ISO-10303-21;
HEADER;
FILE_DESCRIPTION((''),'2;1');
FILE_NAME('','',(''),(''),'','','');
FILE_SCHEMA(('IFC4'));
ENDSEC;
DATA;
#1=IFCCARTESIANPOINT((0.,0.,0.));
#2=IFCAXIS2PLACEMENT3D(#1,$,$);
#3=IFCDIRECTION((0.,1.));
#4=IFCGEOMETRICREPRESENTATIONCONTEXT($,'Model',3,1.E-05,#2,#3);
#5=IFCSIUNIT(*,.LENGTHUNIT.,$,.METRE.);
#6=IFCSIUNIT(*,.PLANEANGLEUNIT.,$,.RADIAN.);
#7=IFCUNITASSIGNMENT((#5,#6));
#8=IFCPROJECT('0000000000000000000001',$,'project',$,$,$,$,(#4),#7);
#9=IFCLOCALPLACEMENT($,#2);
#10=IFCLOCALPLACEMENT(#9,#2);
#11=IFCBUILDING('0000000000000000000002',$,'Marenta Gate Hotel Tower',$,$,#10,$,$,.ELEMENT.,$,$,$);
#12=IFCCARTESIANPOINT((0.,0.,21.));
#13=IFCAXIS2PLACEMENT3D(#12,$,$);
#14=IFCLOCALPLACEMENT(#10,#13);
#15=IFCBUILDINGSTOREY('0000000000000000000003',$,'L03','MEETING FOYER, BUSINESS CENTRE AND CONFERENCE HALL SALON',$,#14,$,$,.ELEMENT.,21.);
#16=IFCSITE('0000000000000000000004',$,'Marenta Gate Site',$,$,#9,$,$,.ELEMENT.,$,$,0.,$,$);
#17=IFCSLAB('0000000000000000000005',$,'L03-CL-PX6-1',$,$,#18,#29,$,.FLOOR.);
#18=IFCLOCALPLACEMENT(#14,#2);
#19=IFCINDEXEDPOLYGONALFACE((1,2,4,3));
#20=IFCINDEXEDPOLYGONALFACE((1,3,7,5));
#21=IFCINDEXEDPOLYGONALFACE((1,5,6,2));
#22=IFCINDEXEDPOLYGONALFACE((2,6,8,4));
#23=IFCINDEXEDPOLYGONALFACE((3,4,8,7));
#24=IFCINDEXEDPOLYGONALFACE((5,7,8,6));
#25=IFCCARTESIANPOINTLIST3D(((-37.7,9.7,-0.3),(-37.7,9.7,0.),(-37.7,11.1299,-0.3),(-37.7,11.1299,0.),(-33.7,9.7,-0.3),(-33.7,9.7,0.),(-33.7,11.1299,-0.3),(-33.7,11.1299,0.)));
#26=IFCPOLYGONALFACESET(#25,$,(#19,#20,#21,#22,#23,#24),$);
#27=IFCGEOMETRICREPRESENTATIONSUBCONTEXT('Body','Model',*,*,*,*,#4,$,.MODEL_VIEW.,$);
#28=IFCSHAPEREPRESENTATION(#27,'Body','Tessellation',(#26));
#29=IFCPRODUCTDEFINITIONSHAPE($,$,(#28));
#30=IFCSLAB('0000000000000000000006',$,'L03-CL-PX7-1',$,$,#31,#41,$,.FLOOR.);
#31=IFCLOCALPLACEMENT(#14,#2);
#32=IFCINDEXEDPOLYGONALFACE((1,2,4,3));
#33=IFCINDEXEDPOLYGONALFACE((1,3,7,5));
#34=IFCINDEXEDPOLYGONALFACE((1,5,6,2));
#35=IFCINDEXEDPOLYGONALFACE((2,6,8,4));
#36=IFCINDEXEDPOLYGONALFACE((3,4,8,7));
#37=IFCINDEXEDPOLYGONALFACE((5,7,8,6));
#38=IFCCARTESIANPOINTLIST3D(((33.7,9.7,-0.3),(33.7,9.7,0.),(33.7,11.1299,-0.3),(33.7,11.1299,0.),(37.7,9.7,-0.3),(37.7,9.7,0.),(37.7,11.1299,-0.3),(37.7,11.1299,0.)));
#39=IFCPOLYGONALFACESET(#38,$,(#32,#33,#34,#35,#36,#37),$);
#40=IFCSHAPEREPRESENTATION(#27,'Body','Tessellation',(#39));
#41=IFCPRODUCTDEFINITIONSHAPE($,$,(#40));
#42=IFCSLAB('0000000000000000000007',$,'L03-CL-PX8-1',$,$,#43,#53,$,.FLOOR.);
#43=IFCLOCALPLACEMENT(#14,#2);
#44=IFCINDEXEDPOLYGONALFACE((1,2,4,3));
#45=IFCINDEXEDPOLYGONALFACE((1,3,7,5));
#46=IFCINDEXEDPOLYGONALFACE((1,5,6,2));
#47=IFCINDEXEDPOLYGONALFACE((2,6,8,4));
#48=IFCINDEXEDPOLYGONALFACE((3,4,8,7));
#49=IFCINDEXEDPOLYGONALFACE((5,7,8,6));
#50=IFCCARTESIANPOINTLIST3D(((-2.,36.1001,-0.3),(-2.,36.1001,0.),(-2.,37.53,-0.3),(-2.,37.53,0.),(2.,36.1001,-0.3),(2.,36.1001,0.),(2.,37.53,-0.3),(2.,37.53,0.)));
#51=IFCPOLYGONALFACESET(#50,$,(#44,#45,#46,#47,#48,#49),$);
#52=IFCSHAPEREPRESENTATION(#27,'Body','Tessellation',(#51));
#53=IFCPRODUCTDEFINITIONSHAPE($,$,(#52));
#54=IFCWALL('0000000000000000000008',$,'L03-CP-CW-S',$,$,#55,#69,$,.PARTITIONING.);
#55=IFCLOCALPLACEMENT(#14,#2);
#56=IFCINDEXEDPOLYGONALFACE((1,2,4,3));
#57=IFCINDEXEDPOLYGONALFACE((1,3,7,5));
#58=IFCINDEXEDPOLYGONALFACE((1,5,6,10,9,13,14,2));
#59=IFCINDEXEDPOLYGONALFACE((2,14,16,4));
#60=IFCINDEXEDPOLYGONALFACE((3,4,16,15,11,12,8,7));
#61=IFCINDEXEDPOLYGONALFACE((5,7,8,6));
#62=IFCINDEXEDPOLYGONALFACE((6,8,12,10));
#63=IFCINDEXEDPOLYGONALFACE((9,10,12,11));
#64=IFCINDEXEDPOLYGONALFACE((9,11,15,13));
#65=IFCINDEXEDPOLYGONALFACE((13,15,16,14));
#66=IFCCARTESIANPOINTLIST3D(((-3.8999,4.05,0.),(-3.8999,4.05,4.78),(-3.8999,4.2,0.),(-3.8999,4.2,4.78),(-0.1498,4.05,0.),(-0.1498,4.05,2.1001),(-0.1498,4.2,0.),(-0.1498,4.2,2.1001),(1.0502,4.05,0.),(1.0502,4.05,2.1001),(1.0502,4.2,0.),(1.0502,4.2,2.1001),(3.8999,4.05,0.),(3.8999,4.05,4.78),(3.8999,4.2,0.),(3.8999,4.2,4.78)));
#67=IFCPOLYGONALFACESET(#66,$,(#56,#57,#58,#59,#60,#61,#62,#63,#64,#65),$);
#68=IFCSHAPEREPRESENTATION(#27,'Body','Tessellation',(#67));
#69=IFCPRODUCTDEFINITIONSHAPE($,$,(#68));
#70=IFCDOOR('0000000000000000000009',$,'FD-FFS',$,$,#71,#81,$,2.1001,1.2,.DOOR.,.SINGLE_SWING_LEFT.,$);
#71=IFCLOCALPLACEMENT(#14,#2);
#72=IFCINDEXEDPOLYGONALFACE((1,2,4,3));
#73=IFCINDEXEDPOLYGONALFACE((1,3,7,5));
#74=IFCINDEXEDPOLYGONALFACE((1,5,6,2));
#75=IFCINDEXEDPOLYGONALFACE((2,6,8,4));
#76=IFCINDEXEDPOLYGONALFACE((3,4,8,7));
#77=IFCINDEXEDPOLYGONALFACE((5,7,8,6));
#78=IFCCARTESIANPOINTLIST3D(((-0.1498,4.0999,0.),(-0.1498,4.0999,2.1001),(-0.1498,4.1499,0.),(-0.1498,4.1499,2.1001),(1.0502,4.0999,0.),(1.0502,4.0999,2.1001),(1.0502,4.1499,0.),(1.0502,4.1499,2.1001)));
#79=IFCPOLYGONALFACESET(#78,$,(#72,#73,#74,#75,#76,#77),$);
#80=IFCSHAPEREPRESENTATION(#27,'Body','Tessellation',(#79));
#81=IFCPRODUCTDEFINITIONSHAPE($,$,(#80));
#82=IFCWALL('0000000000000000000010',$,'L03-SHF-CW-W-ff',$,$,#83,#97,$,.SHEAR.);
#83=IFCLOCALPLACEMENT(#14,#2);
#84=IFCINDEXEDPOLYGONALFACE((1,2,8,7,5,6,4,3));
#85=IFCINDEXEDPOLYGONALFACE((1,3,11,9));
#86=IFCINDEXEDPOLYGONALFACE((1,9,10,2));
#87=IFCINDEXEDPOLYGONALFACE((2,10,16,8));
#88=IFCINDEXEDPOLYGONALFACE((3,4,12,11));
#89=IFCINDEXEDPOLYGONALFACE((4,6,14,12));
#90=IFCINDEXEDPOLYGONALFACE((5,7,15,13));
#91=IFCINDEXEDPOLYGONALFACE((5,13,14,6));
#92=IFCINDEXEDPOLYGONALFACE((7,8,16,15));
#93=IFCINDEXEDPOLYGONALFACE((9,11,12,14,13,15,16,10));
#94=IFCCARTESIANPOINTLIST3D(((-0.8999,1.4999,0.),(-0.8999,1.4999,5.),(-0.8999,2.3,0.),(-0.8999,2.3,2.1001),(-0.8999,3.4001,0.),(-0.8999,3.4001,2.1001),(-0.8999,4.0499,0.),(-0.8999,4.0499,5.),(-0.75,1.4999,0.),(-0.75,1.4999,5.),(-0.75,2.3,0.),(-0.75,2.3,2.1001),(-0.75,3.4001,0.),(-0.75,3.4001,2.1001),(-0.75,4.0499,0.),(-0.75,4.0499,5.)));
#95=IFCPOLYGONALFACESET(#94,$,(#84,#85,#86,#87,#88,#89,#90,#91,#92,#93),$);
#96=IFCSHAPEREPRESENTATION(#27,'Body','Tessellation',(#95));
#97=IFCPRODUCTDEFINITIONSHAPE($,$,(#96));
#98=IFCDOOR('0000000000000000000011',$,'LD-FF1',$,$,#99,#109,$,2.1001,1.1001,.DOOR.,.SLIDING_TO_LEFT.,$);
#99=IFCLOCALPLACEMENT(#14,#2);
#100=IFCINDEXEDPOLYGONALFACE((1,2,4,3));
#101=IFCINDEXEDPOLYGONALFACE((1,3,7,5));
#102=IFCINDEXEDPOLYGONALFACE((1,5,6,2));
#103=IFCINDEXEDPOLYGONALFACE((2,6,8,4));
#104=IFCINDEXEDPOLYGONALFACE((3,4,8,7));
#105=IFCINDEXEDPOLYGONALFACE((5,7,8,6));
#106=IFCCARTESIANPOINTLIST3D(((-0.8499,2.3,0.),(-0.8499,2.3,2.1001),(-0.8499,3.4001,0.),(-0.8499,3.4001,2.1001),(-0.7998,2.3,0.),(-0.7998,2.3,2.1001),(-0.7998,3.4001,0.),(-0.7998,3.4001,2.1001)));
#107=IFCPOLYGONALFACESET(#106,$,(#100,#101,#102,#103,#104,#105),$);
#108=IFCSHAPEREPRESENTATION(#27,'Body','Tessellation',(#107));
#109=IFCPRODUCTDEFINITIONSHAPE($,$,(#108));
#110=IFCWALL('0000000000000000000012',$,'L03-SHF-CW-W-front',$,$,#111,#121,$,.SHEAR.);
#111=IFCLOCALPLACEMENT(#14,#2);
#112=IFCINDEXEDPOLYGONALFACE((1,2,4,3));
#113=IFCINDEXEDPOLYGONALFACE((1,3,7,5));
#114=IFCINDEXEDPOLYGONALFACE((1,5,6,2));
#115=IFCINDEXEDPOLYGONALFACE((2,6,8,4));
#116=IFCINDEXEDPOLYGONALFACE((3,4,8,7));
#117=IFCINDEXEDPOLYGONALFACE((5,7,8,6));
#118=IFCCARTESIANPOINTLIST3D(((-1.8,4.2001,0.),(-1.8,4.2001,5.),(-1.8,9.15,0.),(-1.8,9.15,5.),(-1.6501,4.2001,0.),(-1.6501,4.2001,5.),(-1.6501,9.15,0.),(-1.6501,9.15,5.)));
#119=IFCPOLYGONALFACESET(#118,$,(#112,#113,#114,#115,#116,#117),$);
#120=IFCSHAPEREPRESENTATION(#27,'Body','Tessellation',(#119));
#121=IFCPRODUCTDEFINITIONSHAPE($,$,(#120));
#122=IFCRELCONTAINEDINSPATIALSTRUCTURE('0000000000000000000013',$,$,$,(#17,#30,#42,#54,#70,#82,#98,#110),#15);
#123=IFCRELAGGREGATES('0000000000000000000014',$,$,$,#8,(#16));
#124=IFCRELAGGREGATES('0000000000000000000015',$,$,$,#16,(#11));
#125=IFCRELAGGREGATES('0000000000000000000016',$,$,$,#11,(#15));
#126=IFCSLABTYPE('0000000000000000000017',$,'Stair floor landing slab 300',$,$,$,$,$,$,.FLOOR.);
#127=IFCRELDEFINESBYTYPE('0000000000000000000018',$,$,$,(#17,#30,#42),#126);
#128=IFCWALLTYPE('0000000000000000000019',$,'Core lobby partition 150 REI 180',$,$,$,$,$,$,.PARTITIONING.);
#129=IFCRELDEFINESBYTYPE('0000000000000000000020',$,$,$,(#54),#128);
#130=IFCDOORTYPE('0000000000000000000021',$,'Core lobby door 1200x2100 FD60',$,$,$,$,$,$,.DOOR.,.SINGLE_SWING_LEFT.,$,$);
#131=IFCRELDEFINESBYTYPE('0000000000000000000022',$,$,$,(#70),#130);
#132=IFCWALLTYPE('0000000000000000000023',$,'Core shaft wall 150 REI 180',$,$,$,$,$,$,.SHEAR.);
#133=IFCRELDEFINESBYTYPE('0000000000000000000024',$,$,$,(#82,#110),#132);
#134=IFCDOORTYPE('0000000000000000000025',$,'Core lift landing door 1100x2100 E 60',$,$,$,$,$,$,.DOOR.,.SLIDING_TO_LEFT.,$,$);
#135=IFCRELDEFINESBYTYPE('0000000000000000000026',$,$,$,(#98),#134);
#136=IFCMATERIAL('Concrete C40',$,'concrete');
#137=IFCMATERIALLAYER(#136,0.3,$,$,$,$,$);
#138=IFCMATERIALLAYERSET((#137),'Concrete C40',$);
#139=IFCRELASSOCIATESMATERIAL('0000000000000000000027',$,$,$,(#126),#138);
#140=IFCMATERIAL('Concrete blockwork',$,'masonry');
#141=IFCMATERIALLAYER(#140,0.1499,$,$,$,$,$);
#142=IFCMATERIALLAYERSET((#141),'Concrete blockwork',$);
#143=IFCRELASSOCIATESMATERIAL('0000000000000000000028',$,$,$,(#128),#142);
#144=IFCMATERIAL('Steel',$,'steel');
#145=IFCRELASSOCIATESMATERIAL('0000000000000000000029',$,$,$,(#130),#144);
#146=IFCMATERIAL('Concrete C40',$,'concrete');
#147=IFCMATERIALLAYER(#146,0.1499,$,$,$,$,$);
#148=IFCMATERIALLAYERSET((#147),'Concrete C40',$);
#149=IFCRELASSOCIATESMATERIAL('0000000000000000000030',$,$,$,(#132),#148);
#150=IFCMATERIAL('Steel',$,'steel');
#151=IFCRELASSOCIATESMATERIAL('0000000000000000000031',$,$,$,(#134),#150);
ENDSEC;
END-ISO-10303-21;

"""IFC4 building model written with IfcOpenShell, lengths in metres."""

from ifc_helpers import new_model, si_unit, direction, frame, frame_2d, origin, place, context, subcontext, project, spatial, polyline, rectangle, outline, extrude, material, layer, layer_set, type_object, element, fill, save


model = new_model("IFC4")

# Units and contexts
model_context = context("Model", 3, precision=1e-05, world=origin(), true_north=direction((0.0, 1.0)))
body_context = subcontext(model_context, "Body", "Model", "MODEL_VIEW")
ifc_project = project(units=[si_unit("LENGTHUNIT", "METRE"), si_unit("PLANEANGLEUNIT", "RADIAN")], contexts=[model_context])

# Site, building, storey
site_placement = place(None, origin())
site = spatial("IfcSite", under=ifc_project, at=site_placement, Name="Marenta Gate Site", CompositionType="ELEMENT", RefElevation=0.0)
building_placement = place(site_placement, origin())
building = spatial("IfcBuilding", under=site, at=building_placement, Name="Marenta Gate Hotel Tower", CompositionType="ELEMENT")
storey_placement = place(building_placement, frame((0.0, 0.0, 21.0)))
storey = spatial("IfcBuildingStorey", under=building, at=storey_placement, Name="L03", Description="MEETING FOYER, BUSINESS CENTRE AND CONFERENCE HALL SALON", CompositionType="ELEMENT", Elevation=21.0)

# Slabs
ifc_material_1 = material(Name="Concrete C40", Category="concrete")
ifc_layer_1 = layer(ifc_material_1, 0.3)
ifc_layer_set_1 = layer_set([ifc_layer_1], Name="Concrete C40")
slab_type_1 = type_object("IfcSlabType", Name="Stair floor landing slab 300", PredefinedType="FLOOR", material=ifc_layer_set_1)
slab_1_placement = place(storey_placement, frame((0.0, 0.0, -0.3)))
element("IfcSlab", 1, at=slab_1_placement, inside=storey, type_object=slab_type_1, Name="L03-CL-PX6-1", PredefinedType="FLOOR", context=body_context, shape_type="SweptSolid", body=[
    extrude(outline(polyline([(-33.7, 9.7), (-37.7, 9.7), (-37.7, 11.1299), (-33.7, 11.1299), (-33.7, 9.7)])), origin(), (0.0, 0.0, 1.0), 0.3),
])
slab_2_placement = place(storey_placement, frame((0.0, 0.0, -0.3)))
element("IfcSlab", 2, at=slab_2_placement, inside=storey, type_object=slab_type_1, Name="L03-CL-PX7-1", PredefinedType="FLOOR", context=body_context, shape_type="SweptSolid", body=[
    extrude(outline(polyline([(37.7, 9.7), (33.7, 9.7), (33.7, 11.1299), (37.7, 11.1299), (37.7, 9.7)])), origin(), (0.0, 0.0, 1.0), 0.3),
])
slab_3_placement = place(storey_placement, frame((0.0, 0.0, -0.3)))
element("IfcSlab", 3, at=slab_3_placement, inside=storey, type_object=slab_type_1, Name="L03-CL-PX8-1", PredefinedType="FLOOR", context=body_context, shape_type="SweptSolid", body=[
    extrude(outline(polyline([(2.0, 36.1001), (-2.0, 36.1001), (-2.0, 37.53), (2.0, 37.53), (2.0, 36.1001)])), origin(), (0.0, 0.0, 1.0), 0.3),
])

# Walls, openings, doors
ifc_material_2 = material(Name="Concrete blockwork", Category="masonry")
ifc_layer_2 = layer(ifc_material_2, 0.1499)
ifc_layer_set_2 = layer_set([ifc_layer_2], Name="Concrete blockwork")
wall_type_1 = type_object("IfcWallType", Name="Core lobby partition 150 REI 180", PredefinedType="PARTITIONING", material=ifc_layer_set_2)
wall_1_placement = place(storey_placement, frame((-3.8999, 4.125, 0.0), z_axis=(0.0, 0.0, 1.0), x_axis=(1.0, 0.0, 0.0)))
wall_1 = element("IfcWall", 4, at=wall_1_placement, inside=storey, type_object=wall_type_1, Name="L03-CP-CW-S", PredefinedType="PARTITIONING", context=body_context, shape_type="SweptSolid", body=[
    extrude(rectangle(XDim=7.7998, YDim=0.1499, at=frame_2d((3.8999, 0.0))), origin(), (0.0, 0.0, 1.0), 4.78),
])
opening_1_placement = place(wall_1_placement, frame((3.75, 0.0, 0.0)))
opening_1 = element("IfcOpeningElement", 5, at=opening_1_placement, cuts=wall_1, PredefinedType="OPENING", context=body_context, shape_type="SweptSolid", body=[
    extrude(rectangle(XDim=1.2, YDim=2.1001, at=frame_2d((0.6001, 1.05))), frame((0.0, 0.075, 0.0), z_axis=(0.0, -1.0, 0.0), x_axis=(1.0, 0.0, 0.0)), (0.0, 0.0, 1.0), 0.1499),
])
ifc_material_3 = material(Name="Steel", Category="steel")
door_type_1 = type_object("IfcDoorType", Name="Core lobby door 1200x2100 FD60", OperationType="SINGLE_SWING_LEFT", PredefinedType="DOOR", material=ifc_material_3)
door_1_placement = place(opening_1_placement, origin())
door_1 = element("IfcDoor", 6, at=door_1_placement, inside=storey, type_object=door_type_1, Name="FD-FFS", OperationType="SINGLE_SWING_LEFT", OverallHeight=2.1001, OverallWidth=1.2, PredefinedType="DOOR", context=body_context, shape_type="SweptSolid", body=[
    extrude(rectangle(XDim=1.2, YDim=2.1001, at=frame_2d((0.6001, 1.05))), frame((0.0, 0.0249, 0.0), z_axis=(0.0, -1.0, 0.0), x_axis=(1.0, 0.0, 0.0)), (0.0, 0.0, 1.0), 0.05),
])
fill(opening_1, door_1)
ifc_material_4 = material(Name="Concrete C40", Category="concrete")
ifc_layer_3 = layer(ifc_material_4, 0.1499)
ifc_layer_set_3 = layer_set([ifc_layer_3], Name="Concrete C40")
wall_type_2 = type_object("IfcWallType", Name="Core shaft wall 150 REI 180", PredefinedType="SHEAR", material=ifc_layer_set_3)
wall_2_placement = place(storey_placement, frame((-0.825, 1.5, 0.0), z_axis=(0.0, 0.0, 1.0), x_axis=(0.0, 1.0, 0.0)))
wall_2 = element("IfcWall", 7, at=wall_2_placement, inside=storey, type_object=wall_type_2, Name="L03-SHF-CW-W-ff", PredefinedType="SHEAR", context=body_context, shape_type="SweptSolid", body=[
    extrude(rectangle(XDim=2.55, YDim=0.1499, at=frame_2d((1.2749, 0.0))), origin(), (0.0, 0.0, 1.0), 5.0),
])
opening_2_placement = place(wall_2_placement, frame((0.8, 0.0, 0.0)))
opening_2 = element("IfcOpeningElement", 8, at=opening_2_placement, cuts=wall_2, PredefinedType="OPENING", context=body_context, shape_type="SweptSolid", body=[
    extrude(rectangle(XDim=1.1001, YDim=2.1001, at=frame_2d((0.55, 1.05))), frame((0.0, 0.075, 0.0), z_axis=(0.0, -1.0, 0.0), x_axis=(1.0, 0.0, 0.0)), (0.0, 0.0, 1.0), 0.1499),
])
ifc_material_5 = material(Name="Steel", Category="steel")
door_type_2 = type_object("IfcDoorType", Name="Core lift landing door 1100x2100 E 60", OperationType="SLIDING_TO_LEFT", PredefinedType="DOOR", material=ifc_material_5)
door_2_placement = place(opening_2_placement, origin())
door_2 = element("IfcDoor", 9, at=door_2_placement, inside=storey, type_object=door_type_2, Name="LD-FF1", OperationType="SLIDING_TO_LEFT", OverallHeight=2.1001, OverallWidth=1.1001, PredefinedType="DOOR", context=body_context, shape_type="SweptSolid", body=[
    extrude(rectangle(XDim=1.1001, YDim=2.1001, at=frame_2d((0.55, 1.05))), frame((0.0, 0.0249, 0.0), z_axis=(0.0, -1.0, 0.0), x_axis=(1.0, 0.0, 0.0)), (0.0, 0.0, 1.0), 0.05),
])
fill(opening_2, door_2)

# Wall
wall_3_placement = place(storey_placement, frame((-1.7251, 4.2, 0.0), z_axis=(0.0, 0.0, 1.0), x_axis=(0.0, 1.0, 0.0)))
element("IfcWall", 10, at=wall_3_placement, inside=storey, type_object=wall_type_2, Name="L03-SHF-CW-W-front", PredefinedType="SHEAR", context=body_context, shape_type="SweptSolid", body=[
    extrude(rectangle(XDim=4.95, YDim=0.1499, at=frame_2d((2.4751, 0.0))), origin(), (0.0, 0.0, 1.0), 5.0),
])

save(model, "model.ifc")
